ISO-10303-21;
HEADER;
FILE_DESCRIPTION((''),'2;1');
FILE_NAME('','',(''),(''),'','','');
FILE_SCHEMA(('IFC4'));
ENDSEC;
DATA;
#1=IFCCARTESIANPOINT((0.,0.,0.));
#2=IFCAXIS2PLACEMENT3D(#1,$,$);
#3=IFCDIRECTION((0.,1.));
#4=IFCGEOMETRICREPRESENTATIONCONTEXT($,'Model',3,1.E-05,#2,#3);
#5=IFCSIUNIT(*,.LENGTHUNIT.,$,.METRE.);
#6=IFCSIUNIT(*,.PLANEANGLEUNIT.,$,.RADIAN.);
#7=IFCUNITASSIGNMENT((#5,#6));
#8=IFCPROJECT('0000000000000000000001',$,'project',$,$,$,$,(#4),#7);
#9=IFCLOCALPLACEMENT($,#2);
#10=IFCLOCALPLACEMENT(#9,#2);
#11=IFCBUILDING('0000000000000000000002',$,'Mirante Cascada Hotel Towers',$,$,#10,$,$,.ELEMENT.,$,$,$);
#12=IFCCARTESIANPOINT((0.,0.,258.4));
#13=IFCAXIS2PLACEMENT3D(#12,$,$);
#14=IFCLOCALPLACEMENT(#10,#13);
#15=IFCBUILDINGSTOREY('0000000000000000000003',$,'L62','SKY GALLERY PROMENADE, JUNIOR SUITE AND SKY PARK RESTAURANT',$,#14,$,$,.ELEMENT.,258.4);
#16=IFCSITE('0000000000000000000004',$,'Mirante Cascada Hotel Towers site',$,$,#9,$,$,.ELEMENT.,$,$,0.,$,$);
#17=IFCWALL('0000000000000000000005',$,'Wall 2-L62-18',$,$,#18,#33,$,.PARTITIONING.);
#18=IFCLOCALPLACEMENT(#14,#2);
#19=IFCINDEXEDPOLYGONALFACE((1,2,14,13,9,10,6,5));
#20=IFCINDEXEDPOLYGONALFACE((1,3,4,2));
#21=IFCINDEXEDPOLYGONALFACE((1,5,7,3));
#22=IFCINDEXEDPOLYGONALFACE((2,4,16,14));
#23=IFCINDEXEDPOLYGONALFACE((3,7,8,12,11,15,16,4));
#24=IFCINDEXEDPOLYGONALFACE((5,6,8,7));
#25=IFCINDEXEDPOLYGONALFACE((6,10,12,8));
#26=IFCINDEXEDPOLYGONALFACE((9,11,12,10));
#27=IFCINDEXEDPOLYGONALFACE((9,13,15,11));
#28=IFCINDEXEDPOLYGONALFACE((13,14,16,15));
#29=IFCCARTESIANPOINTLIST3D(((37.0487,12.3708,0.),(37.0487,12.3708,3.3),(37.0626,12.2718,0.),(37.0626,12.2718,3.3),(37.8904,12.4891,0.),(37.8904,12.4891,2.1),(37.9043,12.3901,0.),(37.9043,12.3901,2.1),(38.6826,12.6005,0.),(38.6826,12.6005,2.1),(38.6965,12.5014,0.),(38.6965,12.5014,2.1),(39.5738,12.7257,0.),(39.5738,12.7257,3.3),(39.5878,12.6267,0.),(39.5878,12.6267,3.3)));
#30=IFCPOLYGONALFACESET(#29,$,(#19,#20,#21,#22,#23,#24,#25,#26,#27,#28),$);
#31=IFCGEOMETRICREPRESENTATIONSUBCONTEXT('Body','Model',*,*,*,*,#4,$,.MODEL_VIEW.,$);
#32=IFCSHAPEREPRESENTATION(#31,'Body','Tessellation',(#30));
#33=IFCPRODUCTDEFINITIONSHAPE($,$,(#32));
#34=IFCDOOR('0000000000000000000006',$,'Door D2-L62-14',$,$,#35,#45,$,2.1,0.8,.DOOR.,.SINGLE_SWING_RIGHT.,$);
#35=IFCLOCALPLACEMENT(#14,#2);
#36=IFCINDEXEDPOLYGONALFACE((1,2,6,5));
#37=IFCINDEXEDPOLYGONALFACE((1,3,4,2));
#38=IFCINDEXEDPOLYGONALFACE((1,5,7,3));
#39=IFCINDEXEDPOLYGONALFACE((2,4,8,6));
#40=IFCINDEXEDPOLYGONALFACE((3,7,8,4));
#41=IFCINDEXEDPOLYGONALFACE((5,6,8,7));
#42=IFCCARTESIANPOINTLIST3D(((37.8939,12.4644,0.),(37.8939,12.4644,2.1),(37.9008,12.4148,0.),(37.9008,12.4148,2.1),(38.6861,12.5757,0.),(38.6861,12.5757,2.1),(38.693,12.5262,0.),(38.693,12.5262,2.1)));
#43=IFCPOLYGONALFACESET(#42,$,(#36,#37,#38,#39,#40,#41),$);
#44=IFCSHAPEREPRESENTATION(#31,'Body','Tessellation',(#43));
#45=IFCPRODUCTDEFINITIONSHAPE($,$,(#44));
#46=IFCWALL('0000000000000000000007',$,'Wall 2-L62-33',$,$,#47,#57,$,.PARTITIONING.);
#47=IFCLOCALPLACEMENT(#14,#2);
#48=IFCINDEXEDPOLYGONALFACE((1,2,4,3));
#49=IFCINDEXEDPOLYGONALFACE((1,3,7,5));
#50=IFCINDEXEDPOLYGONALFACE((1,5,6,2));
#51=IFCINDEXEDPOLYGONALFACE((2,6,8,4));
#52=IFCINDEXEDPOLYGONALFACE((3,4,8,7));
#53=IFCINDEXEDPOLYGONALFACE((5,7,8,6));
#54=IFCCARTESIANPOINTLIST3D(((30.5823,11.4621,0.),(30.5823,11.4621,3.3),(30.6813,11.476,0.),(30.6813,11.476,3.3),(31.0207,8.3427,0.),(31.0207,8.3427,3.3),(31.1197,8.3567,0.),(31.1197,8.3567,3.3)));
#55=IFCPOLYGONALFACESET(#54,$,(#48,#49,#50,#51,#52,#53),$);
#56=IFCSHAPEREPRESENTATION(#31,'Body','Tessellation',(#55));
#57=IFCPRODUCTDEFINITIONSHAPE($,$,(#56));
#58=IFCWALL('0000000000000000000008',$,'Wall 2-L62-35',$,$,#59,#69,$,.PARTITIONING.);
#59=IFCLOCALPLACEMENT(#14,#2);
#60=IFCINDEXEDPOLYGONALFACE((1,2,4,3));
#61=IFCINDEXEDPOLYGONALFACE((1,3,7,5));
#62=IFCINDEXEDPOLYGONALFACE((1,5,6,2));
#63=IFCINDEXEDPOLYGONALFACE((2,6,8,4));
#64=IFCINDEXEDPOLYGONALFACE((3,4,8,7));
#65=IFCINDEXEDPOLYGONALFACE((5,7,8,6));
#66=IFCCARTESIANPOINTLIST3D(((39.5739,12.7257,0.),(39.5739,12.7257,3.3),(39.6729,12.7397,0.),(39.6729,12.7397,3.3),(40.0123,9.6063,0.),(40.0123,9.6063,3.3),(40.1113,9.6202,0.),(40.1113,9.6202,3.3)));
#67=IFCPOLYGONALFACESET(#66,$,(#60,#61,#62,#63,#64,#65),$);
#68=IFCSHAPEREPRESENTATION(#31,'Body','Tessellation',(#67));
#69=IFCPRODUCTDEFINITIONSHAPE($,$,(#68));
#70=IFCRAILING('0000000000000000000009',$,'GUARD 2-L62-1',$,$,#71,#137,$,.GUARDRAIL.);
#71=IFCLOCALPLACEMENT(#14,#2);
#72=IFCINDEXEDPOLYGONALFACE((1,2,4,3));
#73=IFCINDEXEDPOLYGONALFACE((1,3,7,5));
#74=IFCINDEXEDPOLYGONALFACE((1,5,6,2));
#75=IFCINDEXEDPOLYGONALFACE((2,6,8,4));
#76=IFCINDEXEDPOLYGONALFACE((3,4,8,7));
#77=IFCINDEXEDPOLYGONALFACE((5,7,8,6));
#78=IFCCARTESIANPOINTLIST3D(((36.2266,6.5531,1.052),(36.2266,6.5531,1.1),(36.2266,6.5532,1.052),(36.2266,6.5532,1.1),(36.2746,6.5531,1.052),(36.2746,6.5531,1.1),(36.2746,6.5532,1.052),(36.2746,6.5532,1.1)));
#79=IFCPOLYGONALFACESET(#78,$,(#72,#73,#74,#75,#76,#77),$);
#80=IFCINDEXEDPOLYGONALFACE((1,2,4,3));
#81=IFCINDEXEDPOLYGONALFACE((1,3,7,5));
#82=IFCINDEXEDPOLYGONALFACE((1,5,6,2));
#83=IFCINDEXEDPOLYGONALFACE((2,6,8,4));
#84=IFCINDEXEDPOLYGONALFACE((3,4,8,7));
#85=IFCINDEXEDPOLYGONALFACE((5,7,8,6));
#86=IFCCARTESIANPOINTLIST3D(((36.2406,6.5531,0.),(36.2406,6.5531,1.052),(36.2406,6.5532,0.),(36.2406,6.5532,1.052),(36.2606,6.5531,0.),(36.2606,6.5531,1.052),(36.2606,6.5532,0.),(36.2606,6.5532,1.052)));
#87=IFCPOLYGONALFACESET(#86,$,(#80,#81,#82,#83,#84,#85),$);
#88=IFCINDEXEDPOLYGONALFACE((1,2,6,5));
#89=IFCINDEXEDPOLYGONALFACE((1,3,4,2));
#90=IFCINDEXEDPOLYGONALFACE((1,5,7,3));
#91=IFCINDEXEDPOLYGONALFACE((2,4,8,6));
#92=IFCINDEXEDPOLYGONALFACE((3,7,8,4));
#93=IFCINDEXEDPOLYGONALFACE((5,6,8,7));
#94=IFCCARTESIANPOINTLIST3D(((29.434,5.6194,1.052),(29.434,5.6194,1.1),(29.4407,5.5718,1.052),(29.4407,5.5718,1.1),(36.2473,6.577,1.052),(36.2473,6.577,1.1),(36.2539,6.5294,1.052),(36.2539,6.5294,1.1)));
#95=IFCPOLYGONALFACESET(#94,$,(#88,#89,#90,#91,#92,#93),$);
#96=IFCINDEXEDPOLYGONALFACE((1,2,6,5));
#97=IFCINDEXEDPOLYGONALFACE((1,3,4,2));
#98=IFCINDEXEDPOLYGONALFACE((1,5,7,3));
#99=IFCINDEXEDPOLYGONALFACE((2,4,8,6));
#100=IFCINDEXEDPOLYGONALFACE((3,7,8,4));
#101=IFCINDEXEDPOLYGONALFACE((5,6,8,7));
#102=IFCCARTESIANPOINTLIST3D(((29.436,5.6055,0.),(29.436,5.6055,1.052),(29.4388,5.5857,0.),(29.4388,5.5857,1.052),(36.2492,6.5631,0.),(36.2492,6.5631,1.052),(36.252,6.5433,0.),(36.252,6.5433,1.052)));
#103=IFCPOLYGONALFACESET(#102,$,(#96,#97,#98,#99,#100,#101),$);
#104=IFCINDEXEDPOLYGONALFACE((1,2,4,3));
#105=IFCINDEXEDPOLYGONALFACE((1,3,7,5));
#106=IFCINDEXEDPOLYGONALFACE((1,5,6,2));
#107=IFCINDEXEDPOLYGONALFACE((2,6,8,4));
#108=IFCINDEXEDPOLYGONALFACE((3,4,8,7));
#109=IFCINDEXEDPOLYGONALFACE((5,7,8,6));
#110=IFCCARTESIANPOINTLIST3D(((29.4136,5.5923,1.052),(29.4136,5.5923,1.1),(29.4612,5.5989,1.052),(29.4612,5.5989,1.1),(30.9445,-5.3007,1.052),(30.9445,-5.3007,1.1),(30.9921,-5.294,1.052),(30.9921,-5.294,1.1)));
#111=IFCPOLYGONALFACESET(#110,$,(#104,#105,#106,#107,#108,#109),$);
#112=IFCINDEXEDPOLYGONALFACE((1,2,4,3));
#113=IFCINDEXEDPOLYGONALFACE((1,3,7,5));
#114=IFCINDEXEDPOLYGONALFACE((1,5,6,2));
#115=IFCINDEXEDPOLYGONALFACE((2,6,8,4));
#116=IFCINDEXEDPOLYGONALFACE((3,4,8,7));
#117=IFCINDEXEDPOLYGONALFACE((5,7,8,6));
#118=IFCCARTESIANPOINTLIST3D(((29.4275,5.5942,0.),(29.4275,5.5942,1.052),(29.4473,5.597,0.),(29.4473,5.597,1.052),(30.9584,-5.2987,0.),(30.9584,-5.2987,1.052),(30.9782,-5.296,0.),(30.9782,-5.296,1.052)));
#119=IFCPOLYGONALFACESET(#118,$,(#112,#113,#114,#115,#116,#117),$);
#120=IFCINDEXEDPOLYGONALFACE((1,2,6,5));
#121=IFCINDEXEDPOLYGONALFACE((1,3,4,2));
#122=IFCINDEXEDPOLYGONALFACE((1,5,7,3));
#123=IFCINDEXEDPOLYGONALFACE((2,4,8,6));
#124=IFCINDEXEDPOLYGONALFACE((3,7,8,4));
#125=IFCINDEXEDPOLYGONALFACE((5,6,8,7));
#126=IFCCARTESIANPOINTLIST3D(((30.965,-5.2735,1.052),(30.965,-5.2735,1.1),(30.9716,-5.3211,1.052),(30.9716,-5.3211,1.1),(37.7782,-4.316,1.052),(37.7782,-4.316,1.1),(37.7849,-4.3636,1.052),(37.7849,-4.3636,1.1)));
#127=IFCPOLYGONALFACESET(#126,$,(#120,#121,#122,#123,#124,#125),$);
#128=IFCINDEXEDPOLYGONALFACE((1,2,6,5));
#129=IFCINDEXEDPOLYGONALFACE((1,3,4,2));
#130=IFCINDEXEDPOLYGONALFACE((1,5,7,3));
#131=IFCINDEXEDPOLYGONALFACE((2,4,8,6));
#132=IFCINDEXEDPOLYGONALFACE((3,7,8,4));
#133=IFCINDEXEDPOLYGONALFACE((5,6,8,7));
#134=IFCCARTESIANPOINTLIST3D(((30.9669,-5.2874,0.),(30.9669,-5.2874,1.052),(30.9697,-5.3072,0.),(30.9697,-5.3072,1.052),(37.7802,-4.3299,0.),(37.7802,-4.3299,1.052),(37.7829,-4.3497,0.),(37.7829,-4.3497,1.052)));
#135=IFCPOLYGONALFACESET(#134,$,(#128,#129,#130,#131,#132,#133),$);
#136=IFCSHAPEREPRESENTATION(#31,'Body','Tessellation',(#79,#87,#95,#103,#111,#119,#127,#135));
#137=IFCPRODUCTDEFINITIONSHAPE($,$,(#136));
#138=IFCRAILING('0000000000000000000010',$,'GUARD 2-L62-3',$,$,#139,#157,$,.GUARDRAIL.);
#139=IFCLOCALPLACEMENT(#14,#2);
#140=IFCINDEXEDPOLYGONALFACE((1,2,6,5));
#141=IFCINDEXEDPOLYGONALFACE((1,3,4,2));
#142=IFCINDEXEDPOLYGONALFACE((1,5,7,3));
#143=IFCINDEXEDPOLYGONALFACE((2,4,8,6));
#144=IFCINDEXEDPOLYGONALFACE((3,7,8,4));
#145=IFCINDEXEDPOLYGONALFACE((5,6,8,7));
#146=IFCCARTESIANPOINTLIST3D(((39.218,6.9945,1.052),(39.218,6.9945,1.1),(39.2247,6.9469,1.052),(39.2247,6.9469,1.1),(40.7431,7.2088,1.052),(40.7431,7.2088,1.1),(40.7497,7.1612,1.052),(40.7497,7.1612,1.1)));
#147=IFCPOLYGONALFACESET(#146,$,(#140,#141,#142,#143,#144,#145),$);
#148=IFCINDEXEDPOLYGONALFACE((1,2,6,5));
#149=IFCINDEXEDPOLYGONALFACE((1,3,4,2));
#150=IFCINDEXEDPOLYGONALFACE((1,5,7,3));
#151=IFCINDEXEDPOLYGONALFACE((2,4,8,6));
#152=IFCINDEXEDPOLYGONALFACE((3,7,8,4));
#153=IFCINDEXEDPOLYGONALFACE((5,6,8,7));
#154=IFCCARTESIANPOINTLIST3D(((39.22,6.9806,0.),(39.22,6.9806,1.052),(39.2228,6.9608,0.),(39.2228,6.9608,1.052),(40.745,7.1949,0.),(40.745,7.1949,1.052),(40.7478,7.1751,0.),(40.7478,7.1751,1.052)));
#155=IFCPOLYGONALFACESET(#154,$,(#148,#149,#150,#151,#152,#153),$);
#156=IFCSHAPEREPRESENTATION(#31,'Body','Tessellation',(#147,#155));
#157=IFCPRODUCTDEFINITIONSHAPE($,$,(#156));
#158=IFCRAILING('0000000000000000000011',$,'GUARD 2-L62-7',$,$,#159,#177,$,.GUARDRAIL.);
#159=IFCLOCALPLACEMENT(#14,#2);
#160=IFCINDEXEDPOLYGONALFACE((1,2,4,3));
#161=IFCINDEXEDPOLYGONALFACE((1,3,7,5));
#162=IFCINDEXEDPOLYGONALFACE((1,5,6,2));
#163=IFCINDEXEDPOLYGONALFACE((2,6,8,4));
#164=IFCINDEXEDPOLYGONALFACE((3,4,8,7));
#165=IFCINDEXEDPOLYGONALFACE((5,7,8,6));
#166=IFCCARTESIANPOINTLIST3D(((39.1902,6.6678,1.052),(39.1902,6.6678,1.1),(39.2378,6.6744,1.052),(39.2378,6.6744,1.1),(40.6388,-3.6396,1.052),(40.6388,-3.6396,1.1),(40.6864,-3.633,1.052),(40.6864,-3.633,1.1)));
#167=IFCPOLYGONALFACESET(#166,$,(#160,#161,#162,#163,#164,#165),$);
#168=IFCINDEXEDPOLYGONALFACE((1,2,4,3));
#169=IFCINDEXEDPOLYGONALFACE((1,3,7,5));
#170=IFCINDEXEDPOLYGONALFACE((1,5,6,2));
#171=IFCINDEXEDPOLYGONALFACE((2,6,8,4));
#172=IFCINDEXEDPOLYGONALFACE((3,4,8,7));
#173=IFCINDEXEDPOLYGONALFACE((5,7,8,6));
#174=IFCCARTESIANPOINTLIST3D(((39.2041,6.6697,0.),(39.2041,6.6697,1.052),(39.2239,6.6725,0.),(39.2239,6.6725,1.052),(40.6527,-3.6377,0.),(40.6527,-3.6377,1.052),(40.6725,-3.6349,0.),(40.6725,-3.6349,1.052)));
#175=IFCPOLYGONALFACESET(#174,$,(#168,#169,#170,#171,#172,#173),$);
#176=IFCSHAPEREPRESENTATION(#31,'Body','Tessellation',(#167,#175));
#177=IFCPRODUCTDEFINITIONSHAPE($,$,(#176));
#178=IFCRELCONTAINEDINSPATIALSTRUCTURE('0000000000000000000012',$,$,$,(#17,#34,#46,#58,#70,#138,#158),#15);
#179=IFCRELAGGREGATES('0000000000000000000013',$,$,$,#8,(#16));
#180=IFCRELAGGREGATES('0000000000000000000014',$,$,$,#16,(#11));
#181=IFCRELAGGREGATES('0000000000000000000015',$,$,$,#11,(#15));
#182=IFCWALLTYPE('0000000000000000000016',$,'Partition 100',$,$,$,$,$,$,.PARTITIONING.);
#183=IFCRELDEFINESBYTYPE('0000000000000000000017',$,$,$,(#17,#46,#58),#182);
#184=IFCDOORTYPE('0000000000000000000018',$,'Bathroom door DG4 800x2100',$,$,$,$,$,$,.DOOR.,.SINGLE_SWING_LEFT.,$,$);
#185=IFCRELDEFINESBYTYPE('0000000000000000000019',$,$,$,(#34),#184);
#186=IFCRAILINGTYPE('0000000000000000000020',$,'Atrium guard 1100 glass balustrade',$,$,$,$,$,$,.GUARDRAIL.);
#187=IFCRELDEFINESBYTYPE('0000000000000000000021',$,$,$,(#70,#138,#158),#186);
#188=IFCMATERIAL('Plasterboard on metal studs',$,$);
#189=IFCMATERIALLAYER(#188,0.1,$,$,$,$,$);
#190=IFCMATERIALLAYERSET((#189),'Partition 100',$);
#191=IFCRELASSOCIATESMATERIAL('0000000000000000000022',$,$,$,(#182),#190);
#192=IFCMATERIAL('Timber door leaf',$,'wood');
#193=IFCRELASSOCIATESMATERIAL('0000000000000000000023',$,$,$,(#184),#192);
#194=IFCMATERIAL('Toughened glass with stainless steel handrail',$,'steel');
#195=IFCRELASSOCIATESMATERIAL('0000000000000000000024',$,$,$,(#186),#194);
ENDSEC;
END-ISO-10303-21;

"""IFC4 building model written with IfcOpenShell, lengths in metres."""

from ifc_helpers import new_model, si_unit, direction, frame, frame_2d, origin, origin_2d, place, context, subcontext, project, spatial, rectangle, extrude, material, layer, layer_set, type_object, element, fill, save


model = new_model("IFC4")

# Units and contexts
model_context = context("Model", 3, precision=1e-05, world=origin(), true_north=direction((0.0, 1.0)))
body_context = subcontext(model_context, "Body", "Model", "MODEL_VIEW")
ifc_project = project(units=[si_unit("LENGTHUNIT", "METRE"), si_unit("PLANEANGLEUNIT", "RADIAN")], contexts=[model_context])

# Site, building, storey
site_placement = place(None, origin())
site = spatial("IfcSite", under=ifc_project, at=site_placement, Name="Mirante Cascada Hotel Towers site", CompositionType="ELEMENT", RefElevation=0.0)
building_placement = place(site_placement, origin())
building = spatial("IfcBuilding", under=site, at=building_placement, Name="Mirante Cascada Hotel Towers", CompositionType="ELEMENT")
storey_placement = place(building_placement, frame((0.0, 0.0, 258.4)))
storey = spatial("IfcBuildingStorey", under=building, at=storey_placement, Name="L62", Description="SKY GALLERY PROMENADE, JUNIOR SUITE AND SKY PARK RESTAURANT", CompositionType="ELEMENT", Elevation=258.4)

# Wall, opening, door
ifc_material_1 = material(Name="Plasterboard on metal studs")
ifc_layer_1 = layer(ifc_material_1, 0.1)
ifc_layer_set_1 = layer_set([ifc_layer_1], Name="Partition 100")
wall_type_1 = type_object("IfcWallType", Name="Partition 100", PredefinedType="PARTITIONING", material=ifc_layer_set_1)
ifc_material_2 = material(Name="Timber door leaf", Category="wood")
door_type = type_object("IfcDoorType", Name="Bathroom door DG4 800x2100", OperationType="SINGLE_SWING_LEFT", PredefinedType="DOOR", material=ifc_material_2)
wall_1_placement = place(storey_placement, frame((39.5808, 12.6762, 0.0), z_axis=(0.0, 0.0, 1.0), x_axis=(-0.990268, -0.139176, 0.0)))
wall_1 = element("IfcWall", 1, at=wall_1_placement, inside=storey, type_object=wall_type_1, Name="Wall 2-L62-18", PredefinedType="PARTITIONING", context=body_context, shape_type="SweptSolid", body=[
    extrude(rectangle(XDim=2.55, YDim=0.1, at=frame_2d((1.275, 0.0))), origin(), (0.0, 0.0, 1.0), 3.3),
])
opening_1_placement = place(wall_1_placement, frame((0.9, 0.0, 0.0)))
opening_1 = element("IfcOpeningElement", 2, at=opening_1_placement, cuts=wall_1, PredefinedType="OPENING", context=body_context, shape_type="SweptSolid", body=[
    extrude(rectangle(XDim=0.8, YDim=2.1, at=frame_2d((0.4, 1.05))), frame((0.0, 0.05, 0.0), z_axis=(0.0, -1.0, 0.0), x_axis=(1.0, 0.0, 0.0)), (0.0, 0.0, 1.0), 0.1),
])
door_1_placement = place(opening_1_placement, frame((0.8, 0.0, 0.0), z_axis=(0.0, 0.0, 1.0), x_axis=(-1.0, 0.0, 0.0)))
door_1 = element("IfcDoor", 3, at=door_1_placement, inside=storey, type_object=door_type, Name="Door D2-L62-14", OperationType="SINGLE_SWING_RIGHT", OverallHeight=2.1, OverallWidth=0.8, PredefinedType="DOOR", context=body_context, shape_type="SweptSolid", body=[
    extrude(rectangle(XDim=0.8, YDim=2.1, at=frame_2d((0.4, 1.05))), frame((0.0, 0.025, 0.0), z_axis=(0.0, -1.0, 0.0), x_axis=(1.0, 0.0, 0.0)), (0.0, 0.0, 1.0), 0.05),
])
fill(opening_1, door_1)

# Walls
wall_2_placement = place(storey_placement, frame((31.0702, 8.3497, 0.0), z_axis=(0.0, 0.0, 1.0), x_axis=(-0.139177, 0.990268, 0.0)))
element("IfcWall", 4, at=wall_2_placement, inside=storey, type_object=wall_type_1, Name="Wall 2-L62-33", PredefinedType="PARTITIONING", context=body_context, shape_type="SweptSolid", body=[
    extrude(rectangle(XDim=3.15, YDim=0.1, at=frame_2d((1.575, 0.0))), origin(), (0.0, 0.0, 1.0), 3.3),
])
wall_3_placement = place(storey_placement, frame((40.0618, 9.6133, 0.0), z_axis=(0.0, 0.0, 1.0), x_axis=(-0.139172, 0.990268, 0.0)))
element("IfcWall", 5, at=wall_3_placement, inside=storey, type_object=wall_type_1, Name="Wall 2-L62-35", PredefinedType="PARTITIONING", context=body_context, shape_type="SweptSolid", body=[
    extrude(rectangle(XDim=3.1501, YDim=0.1, at=frame_2d((1.575, 0.0))), origin(), (0.0, 0.0, 1.0), 3.3),
])

# Railings
ifc_material_3 = material(Name="Toughened glass with stainless steel handrail", Category="steel")
railing_type = type_object("IfcRailingType", Name="Atrium guard 1100 glass balustrade", PredefinedType="GUARDRAIL", material=ifc_material_3)
railing_1_placement = place(storey_placement, frame((36.2506, 6.5531, 0.0)))
element("IfcRailing", 6, at=railing_1_placement, inside=storey, type_object=railing_type, Name="GUARD 2-L62-1", PredefinedType="GUARDRAIL", context=body_context, shape_type="SweptSolid", body=[
    extrude(rectangle(XDim=0.048, YDim=0.048, at=origin_2d()), frame((0.0, 0.0, 1.076), z_axis=(0.0, 1.0, 0.0), x_axis=(-1.0, 0.0, 0.0)), (0.0, 0.0, 1.0), 0.0001),
    extrude(rectangle(XDim=0.02, YDim=1.052, at=origin_2d()), frame((0.0, 0.0, 0.526), z_axis=(0.0, 1.0, 0.0), x_axis=(-1.0, 0.0, 0.0)), (0.0, 0.0, 1.0), 0.0001),
    extrude(rectangle(XDim=0.048, YDim=0.048, at=origin_2d()), frame((0.0, 0.0001, 1.076), z_axis=(-0.990267, -0.139183, 0.0), x_axis=(0.139183, -0.990267, 0.0)), (0.0, 0.0, 1.0), 6.8802),
    extrude(rectangle(XDim=0.02, YDim=1.052, at=origin_2d()), frame((0.0, 0.0001, 0.526), z_axis=(-0.990267, -0.139183, 0.0), x_axis=(0.139183, -0.990267, 0.0)), (0.0, 0.0, 1.0), 6.8802),
    extrude(rectangle(XDim=0.048, YDim=0.048, at=origin_2d()), frame((-6.8132, -0.9575, 1.076), z_axis=(0.139173, -0.990268, 0.0), x_axis=(0.990268, 0.139173, 0.0)), (0.0, 0.0, 1.0), 11.0),
    extrude(rectangle(XDim=0.02, YDim=1.052, at=origin_2d()), frame((-6.8132, -0.9575, 0.526), z_axis=(0.139173, -0.990268, 0.0), x_axis=(0.990268, 0.139173, 0.0)), (0.0, 0.0, 1.0), 11.0),
    extrude(rectangle(XDim=0.048, YDim=0.048, at=origin_2d()), frame((-5.2823, -11.8504, 1.076), z_axis=(0.990269, 0.139168, 0.0), x_axis=(-0.139168, 0.990269, 0.0)), (0.0, 0.0, 1.0), 6.8802),
    extrude(rectangle(XDim=0.02, YDim=1.052, at=origin_2d()), frame((-5.2823, -11.8504, 0.526), z_axis=(0.990269, 0.139168, 0.0), x_axis=(-0.139168, 0.990269, 0.0)), (0.0, 0.0, 1.0), 6.8802),
])
railing_2_placement = place(storey_placement, frame((40.7464, 7.185, 0.0)))
element("IfcRailing", 7, at=railing_2_placement, inside=storey, type_object=railing_type, Name="GUARD 2-L62-3", PredefinedType="GUARDRAIL", context=body_context, shape_type="SweptSolid", body=[
    extrude(rectangle(XDim=0.048, YDim=0.048, at=origin_2d()), frame((0.0, 0.0, 1.076), z_axis=(-0.99027, -0.139157, 0.0), x_axis=(0.139157, -0.99027, 0.0)), (0.0, 0.0, 1.0), 1.54),
    extrude(rectangle(XDim=0.02, YDim=1.052, at=origin_2d()), frame((0.0, 0.0, 0.526), z_axis=(-0.99027, -0.139157, 0.0), x_axis=(0.139157, -0.99027, 0.0)), (0.0, 0.0, 1.0), 1.54),
])
railing_3_placement = place(storey_placement, frame((39.214, 6.6711, 0.0)))
element("IfcRailing", 8, at=railing_3_placement, inside=storey, type_object=railing_type, Name="GUARD 2-L62-7", PredefinedType="GUARDRAIL", context=body_context, shape_type="SweptSolid", body=[
    extrude(rectangle(XDim=0.048, YDim=0.048, at=origin_2d()), frame((0.0, 0.0, 1.076), z_axis=(0.139172, -0.990268, 0.0), x_axis=(0.990268, 0.139172, 0.0)), (0.0, 0.0, 1.0), 10.4087),
    extrude(rectangle(XDim=0.02, YDim=1.052, at=origin_2d()), frame((0.0, 0.0, 0.526), z_axis=(0.139172, -0.990268, 0.0), x_axis=(0.990268, 0.139172, 0.0)), (0.0, 0.0, 1.0), 10.4087),
])

save(model, "model.ifc")
